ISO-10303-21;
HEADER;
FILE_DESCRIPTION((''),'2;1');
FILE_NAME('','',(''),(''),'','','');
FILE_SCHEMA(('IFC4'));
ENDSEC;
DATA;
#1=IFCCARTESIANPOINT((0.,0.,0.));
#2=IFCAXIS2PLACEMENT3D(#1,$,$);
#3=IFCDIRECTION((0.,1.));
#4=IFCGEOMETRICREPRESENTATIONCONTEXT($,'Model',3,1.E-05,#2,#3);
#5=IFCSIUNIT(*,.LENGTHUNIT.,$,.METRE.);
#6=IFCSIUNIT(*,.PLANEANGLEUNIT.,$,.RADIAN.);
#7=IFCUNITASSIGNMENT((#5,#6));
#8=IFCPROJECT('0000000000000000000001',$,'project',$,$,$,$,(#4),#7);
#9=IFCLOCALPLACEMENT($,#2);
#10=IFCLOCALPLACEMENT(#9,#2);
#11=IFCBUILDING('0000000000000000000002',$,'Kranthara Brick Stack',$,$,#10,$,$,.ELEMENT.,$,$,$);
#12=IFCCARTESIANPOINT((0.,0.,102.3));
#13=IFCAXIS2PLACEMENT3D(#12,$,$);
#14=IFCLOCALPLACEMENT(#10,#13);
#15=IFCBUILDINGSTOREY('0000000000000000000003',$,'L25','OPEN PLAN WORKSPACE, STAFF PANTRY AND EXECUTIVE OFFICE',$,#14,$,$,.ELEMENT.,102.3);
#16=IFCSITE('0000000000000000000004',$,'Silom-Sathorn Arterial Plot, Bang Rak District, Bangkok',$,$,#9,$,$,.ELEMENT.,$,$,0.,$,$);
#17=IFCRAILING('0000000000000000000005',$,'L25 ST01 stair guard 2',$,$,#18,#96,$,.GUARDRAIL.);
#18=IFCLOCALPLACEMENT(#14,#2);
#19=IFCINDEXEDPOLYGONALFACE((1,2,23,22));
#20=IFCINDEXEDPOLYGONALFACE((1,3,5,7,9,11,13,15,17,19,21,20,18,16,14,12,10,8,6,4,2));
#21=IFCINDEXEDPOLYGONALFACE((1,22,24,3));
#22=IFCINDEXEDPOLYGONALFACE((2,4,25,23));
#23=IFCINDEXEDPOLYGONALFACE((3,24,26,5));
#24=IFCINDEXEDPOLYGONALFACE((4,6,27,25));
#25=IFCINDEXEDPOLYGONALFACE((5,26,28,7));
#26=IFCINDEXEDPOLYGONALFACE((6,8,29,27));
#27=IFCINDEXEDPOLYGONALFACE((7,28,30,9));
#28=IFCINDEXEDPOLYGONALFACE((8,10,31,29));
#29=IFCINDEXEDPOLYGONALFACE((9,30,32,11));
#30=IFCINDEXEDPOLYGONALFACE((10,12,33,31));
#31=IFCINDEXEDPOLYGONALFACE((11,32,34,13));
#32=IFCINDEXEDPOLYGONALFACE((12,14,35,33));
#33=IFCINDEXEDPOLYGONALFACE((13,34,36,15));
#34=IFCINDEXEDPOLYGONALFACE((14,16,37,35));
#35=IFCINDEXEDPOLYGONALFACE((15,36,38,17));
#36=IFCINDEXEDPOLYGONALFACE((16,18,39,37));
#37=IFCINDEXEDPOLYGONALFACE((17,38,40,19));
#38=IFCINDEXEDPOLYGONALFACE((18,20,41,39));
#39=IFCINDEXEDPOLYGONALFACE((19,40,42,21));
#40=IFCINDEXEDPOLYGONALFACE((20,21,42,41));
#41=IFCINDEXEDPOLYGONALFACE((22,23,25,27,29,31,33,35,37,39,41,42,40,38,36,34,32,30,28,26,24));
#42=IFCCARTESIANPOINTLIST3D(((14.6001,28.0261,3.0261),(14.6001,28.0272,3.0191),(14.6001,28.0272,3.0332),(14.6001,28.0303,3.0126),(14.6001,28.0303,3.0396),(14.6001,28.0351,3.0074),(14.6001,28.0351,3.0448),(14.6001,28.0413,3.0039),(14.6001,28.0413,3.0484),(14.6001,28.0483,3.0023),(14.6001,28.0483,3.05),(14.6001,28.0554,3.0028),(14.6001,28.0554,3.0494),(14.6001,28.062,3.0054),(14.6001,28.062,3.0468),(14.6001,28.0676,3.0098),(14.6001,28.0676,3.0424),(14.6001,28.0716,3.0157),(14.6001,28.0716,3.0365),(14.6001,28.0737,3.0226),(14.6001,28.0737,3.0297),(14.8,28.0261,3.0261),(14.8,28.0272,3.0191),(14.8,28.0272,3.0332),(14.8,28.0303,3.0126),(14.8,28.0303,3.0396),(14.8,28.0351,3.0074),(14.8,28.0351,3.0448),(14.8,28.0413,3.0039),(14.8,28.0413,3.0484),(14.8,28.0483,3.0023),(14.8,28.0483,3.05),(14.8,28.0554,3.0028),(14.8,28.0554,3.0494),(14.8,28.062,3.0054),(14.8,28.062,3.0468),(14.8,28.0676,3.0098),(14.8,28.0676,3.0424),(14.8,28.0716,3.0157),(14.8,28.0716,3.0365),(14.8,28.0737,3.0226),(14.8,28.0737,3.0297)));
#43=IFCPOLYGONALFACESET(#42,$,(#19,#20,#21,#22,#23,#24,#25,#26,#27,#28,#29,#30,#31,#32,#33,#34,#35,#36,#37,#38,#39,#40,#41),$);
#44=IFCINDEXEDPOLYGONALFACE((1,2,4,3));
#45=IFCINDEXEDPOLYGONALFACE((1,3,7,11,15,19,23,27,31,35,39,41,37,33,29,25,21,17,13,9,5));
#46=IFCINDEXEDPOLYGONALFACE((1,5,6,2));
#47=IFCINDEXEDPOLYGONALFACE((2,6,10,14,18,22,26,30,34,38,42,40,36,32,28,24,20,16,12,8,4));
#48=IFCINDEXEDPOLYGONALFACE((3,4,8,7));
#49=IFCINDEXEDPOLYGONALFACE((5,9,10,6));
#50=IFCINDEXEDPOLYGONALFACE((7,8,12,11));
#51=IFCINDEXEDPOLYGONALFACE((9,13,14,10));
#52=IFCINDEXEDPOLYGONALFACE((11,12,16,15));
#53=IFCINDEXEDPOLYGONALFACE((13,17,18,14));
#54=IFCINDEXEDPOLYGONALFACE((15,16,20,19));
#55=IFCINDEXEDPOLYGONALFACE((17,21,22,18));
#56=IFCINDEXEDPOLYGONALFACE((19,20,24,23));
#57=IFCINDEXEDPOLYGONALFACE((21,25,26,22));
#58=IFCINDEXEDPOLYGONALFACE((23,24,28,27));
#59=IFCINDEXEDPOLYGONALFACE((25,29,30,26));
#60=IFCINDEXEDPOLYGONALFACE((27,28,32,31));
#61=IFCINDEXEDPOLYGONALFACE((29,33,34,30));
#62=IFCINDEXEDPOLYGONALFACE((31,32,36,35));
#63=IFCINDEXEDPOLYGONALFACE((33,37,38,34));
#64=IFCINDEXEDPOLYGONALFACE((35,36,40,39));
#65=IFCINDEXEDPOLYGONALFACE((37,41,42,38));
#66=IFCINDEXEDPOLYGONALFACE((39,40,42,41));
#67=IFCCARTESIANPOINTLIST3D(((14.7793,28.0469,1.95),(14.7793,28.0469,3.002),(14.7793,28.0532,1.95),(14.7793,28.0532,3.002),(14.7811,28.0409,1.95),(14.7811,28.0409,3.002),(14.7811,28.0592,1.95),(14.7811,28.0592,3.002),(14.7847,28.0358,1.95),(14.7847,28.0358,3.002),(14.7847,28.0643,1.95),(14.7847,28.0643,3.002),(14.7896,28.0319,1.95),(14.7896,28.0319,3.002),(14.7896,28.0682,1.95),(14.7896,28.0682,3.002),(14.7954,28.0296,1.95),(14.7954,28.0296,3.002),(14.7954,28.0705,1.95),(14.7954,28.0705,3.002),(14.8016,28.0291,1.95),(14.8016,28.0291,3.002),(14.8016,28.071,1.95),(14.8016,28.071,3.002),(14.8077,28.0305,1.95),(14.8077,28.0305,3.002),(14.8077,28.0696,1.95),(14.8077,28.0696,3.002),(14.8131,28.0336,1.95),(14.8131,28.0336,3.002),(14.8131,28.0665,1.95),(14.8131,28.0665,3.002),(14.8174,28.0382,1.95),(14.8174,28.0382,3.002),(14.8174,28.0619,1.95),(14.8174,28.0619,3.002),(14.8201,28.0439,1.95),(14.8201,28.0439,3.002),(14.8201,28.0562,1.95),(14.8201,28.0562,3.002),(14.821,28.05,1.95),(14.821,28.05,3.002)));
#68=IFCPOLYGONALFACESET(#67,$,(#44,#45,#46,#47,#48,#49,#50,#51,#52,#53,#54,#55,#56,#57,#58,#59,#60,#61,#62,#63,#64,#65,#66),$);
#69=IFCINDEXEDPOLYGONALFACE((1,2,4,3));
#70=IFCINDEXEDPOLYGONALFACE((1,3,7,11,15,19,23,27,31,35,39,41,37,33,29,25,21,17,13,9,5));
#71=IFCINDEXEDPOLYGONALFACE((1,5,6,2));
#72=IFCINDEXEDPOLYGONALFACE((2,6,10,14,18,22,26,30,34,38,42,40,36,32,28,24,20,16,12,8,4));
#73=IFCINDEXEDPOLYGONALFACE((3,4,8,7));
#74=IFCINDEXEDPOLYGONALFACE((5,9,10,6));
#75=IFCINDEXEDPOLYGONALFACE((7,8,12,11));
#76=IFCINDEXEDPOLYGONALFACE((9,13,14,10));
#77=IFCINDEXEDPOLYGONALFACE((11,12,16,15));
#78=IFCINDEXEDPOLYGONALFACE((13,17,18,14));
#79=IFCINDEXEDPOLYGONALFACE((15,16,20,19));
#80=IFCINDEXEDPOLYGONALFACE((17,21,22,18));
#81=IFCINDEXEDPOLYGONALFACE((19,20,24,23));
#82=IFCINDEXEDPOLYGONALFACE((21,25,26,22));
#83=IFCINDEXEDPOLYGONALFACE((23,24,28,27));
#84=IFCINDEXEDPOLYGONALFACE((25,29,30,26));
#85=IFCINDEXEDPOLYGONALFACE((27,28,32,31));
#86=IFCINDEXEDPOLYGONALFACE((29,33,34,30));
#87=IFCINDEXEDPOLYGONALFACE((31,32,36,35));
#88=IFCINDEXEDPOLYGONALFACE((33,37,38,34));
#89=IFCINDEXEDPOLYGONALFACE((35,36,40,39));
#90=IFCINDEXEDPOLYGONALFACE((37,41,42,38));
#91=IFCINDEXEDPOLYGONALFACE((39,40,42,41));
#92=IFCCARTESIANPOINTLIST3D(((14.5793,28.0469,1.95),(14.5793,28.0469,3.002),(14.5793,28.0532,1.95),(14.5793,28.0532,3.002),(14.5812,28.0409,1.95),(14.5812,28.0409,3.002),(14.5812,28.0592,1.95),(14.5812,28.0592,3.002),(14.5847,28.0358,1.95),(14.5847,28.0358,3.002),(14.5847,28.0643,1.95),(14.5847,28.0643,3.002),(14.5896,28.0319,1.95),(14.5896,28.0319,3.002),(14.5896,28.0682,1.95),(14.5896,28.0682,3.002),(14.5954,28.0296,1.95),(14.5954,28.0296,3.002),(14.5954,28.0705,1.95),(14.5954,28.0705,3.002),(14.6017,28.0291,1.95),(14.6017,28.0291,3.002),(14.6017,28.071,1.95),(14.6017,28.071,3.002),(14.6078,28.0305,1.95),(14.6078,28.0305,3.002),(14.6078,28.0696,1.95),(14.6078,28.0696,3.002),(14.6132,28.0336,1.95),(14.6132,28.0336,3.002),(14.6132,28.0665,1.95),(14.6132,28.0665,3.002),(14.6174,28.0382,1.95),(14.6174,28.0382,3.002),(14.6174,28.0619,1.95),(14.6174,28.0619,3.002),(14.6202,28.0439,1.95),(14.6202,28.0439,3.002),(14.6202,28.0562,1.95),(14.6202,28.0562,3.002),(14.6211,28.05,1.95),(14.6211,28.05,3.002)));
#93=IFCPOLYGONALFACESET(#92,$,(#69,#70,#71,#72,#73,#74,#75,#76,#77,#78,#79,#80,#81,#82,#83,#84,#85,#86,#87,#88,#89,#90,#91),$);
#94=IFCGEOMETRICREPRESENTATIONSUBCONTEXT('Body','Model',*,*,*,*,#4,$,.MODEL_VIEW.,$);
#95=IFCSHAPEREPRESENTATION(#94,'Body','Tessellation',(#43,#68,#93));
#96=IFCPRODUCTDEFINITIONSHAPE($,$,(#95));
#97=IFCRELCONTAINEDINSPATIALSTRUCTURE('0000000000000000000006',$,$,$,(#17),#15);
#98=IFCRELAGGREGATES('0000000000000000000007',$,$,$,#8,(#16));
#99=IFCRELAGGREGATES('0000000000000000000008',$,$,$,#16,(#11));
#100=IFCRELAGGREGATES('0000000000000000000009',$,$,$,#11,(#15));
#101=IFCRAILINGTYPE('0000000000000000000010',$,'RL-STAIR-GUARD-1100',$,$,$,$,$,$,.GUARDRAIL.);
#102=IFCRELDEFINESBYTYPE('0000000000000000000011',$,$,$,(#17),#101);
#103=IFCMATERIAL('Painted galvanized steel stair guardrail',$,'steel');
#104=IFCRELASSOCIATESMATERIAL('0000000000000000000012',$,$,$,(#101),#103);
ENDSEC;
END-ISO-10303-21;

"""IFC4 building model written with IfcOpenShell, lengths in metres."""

from ifc_helpers import new_model, si_unit, direction, frame, origin, origin_2d, place, context, subcontext, project, spatial, circle, extrude, material, type_object, element, save


model = new_model("IFC4")

# Units and contexts
model_context = context("Model", 3, precision=1e-05, world=origin(), true_north=direction((0.0, 1.0)))
body_context = subcontext(model_context, "Body", "Model", "MODEL_VIEW")
ifc_project = project(units=[si_unit("LENGTHUNIT", "METRE"), si_unit("PLANEANGLEUNIT", "RADIAN")], contexts=[model_context])

# Site, building, storey
site_placement = place(None, origin())
site = spatial("IfcSite", under=ifc_project, at=site_placement, Name="Silom-Sathorn Arterial Plot, Bang Rak District, Bangkok", CompositionType="ELEMENT", RefElevation=0.0)
building_placement = place(site_placement, origin())
building = spatial("IfcBuilding", under=site, at=building_placement, Name="Kranthara Brick Stack", CompositionType="ELEMENT")
storey_placement = place(building_placement, frame((0.0, 0.0, 102.3)))
storey = spatial("IfcBuildingStorey", under=building, at=storey_placement, Name="L25", Description="OPEN PLAN WORKSPACE, STAFF PANTRY AND EXECUTIVE OFFICE", CompositionType="ELEMENT", Elevation=102.3)

# Railing
ifc_material_1 = material(Name="Painted galvanized steel stair guardrail", Category="steel")
railing_type_1 = type_object("IfcRailingType", Name="RL-STAIR-GUARD-1100", PredefinedType="GUARDRAIL", material=ifc_material_1)
railing_1_placement = place(storey_placement, frame((14.8, 28.05, 1.95)))
element("IfcRailing", 1, at=railing_1_placement, inside=storey, type_object=railing_type_1, Name="L25 ST01 stair guard 2", PredefinedType="GUARDRAIL", context=body_context, shape_type="SweptSolid", body=[
    extrude(circle(Radius=0.0239, at=origin_2d()), frame((0.0, 0.0, 1.0762), z_axis=(-1.0, 0.0, 0.0), x_axis=(0.0, -1.0, 0.0)), (0.0, 0.0, 1.0), 0.2),
    extrude(circle(Radius=0.021, at=origin_2d()), origin(), (0.0, 0.0, 1.0), 1.052),
    extrude(circle(Radius=0.021, at=origin_2d()), frame((-0.2, 0.0, 0.0)), (0.0, 0.0, 1.0), 1.052),
])

save(model, "model.ifc")
